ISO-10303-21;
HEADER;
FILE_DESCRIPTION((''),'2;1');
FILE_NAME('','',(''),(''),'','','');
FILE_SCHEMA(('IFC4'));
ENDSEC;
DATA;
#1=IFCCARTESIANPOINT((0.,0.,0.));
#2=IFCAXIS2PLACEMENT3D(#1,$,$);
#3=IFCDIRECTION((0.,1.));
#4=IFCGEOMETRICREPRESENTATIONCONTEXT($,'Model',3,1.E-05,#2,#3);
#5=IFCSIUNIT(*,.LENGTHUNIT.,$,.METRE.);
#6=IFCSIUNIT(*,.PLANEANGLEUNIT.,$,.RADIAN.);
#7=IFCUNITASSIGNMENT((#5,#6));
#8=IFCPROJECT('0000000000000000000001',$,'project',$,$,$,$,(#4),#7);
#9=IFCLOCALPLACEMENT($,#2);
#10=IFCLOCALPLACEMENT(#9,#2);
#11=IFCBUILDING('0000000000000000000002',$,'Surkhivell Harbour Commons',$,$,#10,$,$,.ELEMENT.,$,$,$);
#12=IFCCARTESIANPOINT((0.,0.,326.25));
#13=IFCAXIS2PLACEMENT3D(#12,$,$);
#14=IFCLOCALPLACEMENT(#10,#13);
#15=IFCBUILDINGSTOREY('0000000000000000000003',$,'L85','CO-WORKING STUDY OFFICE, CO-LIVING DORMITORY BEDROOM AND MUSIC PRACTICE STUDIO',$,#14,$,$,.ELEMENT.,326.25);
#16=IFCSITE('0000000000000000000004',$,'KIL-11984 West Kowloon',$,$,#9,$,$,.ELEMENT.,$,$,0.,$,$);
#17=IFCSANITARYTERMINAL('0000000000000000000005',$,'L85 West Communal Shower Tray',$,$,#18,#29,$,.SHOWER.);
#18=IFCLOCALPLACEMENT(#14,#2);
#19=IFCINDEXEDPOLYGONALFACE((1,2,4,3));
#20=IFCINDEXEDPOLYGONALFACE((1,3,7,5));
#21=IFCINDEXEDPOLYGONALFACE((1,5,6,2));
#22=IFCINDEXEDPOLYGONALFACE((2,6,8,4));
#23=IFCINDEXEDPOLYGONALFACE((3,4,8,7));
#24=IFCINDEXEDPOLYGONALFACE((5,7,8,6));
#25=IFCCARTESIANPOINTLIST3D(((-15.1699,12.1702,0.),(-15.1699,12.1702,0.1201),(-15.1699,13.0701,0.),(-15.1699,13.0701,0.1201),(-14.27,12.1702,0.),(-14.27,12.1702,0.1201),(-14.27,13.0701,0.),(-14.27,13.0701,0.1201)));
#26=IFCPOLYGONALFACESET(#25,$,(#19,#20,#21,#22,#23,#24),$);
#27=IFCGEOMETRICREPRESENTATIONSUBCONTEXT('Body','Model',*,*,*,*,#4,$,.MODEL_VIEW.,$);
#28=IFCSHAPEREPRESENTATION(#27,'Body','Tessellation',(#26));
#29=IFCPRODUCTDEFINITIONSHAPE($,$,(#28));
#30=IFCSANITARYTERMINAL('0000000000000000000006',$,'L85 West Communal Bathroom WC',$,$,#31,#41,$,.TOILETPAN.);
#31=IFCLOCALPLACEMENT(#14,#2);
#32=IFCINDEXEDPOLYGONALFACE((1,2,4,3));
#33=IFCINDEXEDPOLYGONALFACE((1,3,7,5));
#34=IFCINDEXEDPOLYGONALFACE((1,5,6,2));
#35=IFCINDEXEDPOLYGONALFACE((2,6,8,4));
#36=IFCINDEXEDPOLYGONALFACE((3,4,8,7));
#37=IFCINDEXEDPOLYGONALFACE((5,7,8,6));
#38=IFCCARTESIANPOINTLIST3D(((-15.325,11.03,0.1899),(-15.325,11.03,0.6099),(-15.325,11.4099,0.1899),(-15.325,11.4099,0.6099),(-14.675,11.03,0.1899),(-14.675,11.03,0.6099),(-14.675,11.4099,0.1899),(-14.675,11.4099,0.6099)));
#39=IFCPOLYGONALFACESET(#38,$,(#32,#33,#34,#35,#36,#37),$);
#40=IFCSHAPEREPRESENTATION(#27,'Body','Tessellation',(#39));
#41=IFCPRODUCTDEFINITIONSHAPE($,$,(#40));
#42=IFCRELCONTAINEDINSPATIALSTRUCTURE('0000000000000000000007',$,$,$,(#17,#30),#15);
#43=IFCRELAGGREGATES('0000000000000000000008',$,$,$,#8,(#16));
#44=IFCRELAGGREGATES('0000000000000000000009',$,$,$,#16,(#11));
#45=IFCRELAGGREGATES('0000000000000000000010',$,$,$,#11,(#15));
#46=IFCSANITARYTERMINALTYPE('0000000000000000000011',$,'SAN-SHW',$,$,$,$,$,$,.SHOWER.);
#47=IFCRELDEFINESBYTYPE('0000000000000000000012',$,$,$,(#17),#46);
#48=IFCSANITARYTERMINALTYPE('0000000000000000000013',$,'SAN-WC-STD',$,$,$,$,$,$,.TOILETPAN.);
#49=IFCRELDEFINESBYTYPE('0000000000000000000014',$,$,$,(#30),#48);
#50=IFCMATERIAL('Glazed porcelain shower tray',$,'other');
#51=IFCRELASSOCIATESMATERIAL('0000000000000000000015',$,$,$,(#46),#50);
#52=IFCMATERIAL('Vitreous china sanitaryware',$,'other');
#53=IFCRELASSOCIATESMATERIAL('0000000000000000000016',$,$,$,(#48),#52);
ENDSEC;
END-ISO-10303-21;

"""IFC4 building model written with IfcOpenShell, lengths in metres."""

from ifc_helpers import new_model, si_unit, direction, frame, origin, origin_2d, place, context, subcontext, project, spatial, rectangle, extrude, material, type_object, element, save


model = new_model("IFC4")

# Units and contexts
model_context = context("Model", 3, precision=1e-05, world=origin(), true_north=direction((0.0, 1.0)))
body_context = subcontext(model_context, "Body", "Model", "MODEL_VIEW")
ifc_project = project(units=[si_unit("LENGTHUNIT", "METRE"), si_unit("PLANEANGLEUNIT", "RADIAN")], contexts=[model_context])

# Site, building, storey
site_placement = place(None, origin())
site = spatial("IfcSite", under=ifc_project, at=site_placement, Name="KIL-11984 West Kowloon", CompositionType="ELEMENT", RefElevation=0.0)
building_placement = place(site_placement, origin())
building = spatial("IfcBuilding", under=site, at=building_placement, Name="Surkhivell Harbour Commons", CompositionType="ELEMENT")
storey_placement = place(building_placement, frame((0.0, 0.0, 326.25)))
storey = spatial("IfcBuildingStorey", under=building, at=storey_placement, Name="L85", Description="CO-WORKING STUDY OFFICE, CO-LIVING DORMITORY BEDROOM AND MUSIC PRACTICE STUDIO", CompositionType="ELEMENT", Elevation=326.25)

# Sanitary terminals
ifc_material_1 = material(Name="Glazed porcelain shower tray", Category="other")
sanitary_terminal_type_1 = type_object("IfcSanitaryTerminalType", Name="SAN-SHW", PredefinedType="SHOWER", material=ifc_material_1)
sanitary_terminal_1_placement = place(storey_placement, frame((-14.72, 12.6201, 0.0), z_axis=(0.0, 0.0, 1.0), x_axis=(1.0, 0.0, 0.0)))
element("IfcSanitaryTerminal", 1, at=sanitary_terminal_1_placement, inside=storey, type_object=sanitary_terminal_type_1, Name="L85 West Communal Shower Tray", PredefinedType="SHOWER", context=body_context, shape_type="SweptSolid", body=[
    extrude(rectangle(XDim=0.8999, YDim=0.8999, at=origin_2d()), origin(), (0.0, 0.0, 1.0), 0.1201),
])
ifc_material_2 = material(Name="Vitreous china sanitaryware", Category="other")
sanitary_terminal_type_2 = type_object("IfcSanitaryTerminalType", Name="SAN-WC-STD", PredefinedType="TOILETPAN", material=ifc_material_2)
sanitary_terminal_2_placement = place(storey_placement, frame((-15.0, 11.22, 0.1899), z_axis=(0.0, 0.0, 1.0), x_axis=(1.0, 0.0, 0.0)))
element("IfcSanitaryTerminal", 2, at=sanitary_terminal_2_placement, inside=storey, type_object=sanitary_terminal_type_2, Name="L85 West Communal Bathroom WC", PredefinedType="TOILETPAN", context=body_context, shape_type="SweptSolid", body=[
    extrude(rectangle(XDim=0.6499, YDim=0.3799, at=origin_2d()), origin(), (0.0, 0.0, 1.0), 0.4199),
])

save(model, "model.ifc")
